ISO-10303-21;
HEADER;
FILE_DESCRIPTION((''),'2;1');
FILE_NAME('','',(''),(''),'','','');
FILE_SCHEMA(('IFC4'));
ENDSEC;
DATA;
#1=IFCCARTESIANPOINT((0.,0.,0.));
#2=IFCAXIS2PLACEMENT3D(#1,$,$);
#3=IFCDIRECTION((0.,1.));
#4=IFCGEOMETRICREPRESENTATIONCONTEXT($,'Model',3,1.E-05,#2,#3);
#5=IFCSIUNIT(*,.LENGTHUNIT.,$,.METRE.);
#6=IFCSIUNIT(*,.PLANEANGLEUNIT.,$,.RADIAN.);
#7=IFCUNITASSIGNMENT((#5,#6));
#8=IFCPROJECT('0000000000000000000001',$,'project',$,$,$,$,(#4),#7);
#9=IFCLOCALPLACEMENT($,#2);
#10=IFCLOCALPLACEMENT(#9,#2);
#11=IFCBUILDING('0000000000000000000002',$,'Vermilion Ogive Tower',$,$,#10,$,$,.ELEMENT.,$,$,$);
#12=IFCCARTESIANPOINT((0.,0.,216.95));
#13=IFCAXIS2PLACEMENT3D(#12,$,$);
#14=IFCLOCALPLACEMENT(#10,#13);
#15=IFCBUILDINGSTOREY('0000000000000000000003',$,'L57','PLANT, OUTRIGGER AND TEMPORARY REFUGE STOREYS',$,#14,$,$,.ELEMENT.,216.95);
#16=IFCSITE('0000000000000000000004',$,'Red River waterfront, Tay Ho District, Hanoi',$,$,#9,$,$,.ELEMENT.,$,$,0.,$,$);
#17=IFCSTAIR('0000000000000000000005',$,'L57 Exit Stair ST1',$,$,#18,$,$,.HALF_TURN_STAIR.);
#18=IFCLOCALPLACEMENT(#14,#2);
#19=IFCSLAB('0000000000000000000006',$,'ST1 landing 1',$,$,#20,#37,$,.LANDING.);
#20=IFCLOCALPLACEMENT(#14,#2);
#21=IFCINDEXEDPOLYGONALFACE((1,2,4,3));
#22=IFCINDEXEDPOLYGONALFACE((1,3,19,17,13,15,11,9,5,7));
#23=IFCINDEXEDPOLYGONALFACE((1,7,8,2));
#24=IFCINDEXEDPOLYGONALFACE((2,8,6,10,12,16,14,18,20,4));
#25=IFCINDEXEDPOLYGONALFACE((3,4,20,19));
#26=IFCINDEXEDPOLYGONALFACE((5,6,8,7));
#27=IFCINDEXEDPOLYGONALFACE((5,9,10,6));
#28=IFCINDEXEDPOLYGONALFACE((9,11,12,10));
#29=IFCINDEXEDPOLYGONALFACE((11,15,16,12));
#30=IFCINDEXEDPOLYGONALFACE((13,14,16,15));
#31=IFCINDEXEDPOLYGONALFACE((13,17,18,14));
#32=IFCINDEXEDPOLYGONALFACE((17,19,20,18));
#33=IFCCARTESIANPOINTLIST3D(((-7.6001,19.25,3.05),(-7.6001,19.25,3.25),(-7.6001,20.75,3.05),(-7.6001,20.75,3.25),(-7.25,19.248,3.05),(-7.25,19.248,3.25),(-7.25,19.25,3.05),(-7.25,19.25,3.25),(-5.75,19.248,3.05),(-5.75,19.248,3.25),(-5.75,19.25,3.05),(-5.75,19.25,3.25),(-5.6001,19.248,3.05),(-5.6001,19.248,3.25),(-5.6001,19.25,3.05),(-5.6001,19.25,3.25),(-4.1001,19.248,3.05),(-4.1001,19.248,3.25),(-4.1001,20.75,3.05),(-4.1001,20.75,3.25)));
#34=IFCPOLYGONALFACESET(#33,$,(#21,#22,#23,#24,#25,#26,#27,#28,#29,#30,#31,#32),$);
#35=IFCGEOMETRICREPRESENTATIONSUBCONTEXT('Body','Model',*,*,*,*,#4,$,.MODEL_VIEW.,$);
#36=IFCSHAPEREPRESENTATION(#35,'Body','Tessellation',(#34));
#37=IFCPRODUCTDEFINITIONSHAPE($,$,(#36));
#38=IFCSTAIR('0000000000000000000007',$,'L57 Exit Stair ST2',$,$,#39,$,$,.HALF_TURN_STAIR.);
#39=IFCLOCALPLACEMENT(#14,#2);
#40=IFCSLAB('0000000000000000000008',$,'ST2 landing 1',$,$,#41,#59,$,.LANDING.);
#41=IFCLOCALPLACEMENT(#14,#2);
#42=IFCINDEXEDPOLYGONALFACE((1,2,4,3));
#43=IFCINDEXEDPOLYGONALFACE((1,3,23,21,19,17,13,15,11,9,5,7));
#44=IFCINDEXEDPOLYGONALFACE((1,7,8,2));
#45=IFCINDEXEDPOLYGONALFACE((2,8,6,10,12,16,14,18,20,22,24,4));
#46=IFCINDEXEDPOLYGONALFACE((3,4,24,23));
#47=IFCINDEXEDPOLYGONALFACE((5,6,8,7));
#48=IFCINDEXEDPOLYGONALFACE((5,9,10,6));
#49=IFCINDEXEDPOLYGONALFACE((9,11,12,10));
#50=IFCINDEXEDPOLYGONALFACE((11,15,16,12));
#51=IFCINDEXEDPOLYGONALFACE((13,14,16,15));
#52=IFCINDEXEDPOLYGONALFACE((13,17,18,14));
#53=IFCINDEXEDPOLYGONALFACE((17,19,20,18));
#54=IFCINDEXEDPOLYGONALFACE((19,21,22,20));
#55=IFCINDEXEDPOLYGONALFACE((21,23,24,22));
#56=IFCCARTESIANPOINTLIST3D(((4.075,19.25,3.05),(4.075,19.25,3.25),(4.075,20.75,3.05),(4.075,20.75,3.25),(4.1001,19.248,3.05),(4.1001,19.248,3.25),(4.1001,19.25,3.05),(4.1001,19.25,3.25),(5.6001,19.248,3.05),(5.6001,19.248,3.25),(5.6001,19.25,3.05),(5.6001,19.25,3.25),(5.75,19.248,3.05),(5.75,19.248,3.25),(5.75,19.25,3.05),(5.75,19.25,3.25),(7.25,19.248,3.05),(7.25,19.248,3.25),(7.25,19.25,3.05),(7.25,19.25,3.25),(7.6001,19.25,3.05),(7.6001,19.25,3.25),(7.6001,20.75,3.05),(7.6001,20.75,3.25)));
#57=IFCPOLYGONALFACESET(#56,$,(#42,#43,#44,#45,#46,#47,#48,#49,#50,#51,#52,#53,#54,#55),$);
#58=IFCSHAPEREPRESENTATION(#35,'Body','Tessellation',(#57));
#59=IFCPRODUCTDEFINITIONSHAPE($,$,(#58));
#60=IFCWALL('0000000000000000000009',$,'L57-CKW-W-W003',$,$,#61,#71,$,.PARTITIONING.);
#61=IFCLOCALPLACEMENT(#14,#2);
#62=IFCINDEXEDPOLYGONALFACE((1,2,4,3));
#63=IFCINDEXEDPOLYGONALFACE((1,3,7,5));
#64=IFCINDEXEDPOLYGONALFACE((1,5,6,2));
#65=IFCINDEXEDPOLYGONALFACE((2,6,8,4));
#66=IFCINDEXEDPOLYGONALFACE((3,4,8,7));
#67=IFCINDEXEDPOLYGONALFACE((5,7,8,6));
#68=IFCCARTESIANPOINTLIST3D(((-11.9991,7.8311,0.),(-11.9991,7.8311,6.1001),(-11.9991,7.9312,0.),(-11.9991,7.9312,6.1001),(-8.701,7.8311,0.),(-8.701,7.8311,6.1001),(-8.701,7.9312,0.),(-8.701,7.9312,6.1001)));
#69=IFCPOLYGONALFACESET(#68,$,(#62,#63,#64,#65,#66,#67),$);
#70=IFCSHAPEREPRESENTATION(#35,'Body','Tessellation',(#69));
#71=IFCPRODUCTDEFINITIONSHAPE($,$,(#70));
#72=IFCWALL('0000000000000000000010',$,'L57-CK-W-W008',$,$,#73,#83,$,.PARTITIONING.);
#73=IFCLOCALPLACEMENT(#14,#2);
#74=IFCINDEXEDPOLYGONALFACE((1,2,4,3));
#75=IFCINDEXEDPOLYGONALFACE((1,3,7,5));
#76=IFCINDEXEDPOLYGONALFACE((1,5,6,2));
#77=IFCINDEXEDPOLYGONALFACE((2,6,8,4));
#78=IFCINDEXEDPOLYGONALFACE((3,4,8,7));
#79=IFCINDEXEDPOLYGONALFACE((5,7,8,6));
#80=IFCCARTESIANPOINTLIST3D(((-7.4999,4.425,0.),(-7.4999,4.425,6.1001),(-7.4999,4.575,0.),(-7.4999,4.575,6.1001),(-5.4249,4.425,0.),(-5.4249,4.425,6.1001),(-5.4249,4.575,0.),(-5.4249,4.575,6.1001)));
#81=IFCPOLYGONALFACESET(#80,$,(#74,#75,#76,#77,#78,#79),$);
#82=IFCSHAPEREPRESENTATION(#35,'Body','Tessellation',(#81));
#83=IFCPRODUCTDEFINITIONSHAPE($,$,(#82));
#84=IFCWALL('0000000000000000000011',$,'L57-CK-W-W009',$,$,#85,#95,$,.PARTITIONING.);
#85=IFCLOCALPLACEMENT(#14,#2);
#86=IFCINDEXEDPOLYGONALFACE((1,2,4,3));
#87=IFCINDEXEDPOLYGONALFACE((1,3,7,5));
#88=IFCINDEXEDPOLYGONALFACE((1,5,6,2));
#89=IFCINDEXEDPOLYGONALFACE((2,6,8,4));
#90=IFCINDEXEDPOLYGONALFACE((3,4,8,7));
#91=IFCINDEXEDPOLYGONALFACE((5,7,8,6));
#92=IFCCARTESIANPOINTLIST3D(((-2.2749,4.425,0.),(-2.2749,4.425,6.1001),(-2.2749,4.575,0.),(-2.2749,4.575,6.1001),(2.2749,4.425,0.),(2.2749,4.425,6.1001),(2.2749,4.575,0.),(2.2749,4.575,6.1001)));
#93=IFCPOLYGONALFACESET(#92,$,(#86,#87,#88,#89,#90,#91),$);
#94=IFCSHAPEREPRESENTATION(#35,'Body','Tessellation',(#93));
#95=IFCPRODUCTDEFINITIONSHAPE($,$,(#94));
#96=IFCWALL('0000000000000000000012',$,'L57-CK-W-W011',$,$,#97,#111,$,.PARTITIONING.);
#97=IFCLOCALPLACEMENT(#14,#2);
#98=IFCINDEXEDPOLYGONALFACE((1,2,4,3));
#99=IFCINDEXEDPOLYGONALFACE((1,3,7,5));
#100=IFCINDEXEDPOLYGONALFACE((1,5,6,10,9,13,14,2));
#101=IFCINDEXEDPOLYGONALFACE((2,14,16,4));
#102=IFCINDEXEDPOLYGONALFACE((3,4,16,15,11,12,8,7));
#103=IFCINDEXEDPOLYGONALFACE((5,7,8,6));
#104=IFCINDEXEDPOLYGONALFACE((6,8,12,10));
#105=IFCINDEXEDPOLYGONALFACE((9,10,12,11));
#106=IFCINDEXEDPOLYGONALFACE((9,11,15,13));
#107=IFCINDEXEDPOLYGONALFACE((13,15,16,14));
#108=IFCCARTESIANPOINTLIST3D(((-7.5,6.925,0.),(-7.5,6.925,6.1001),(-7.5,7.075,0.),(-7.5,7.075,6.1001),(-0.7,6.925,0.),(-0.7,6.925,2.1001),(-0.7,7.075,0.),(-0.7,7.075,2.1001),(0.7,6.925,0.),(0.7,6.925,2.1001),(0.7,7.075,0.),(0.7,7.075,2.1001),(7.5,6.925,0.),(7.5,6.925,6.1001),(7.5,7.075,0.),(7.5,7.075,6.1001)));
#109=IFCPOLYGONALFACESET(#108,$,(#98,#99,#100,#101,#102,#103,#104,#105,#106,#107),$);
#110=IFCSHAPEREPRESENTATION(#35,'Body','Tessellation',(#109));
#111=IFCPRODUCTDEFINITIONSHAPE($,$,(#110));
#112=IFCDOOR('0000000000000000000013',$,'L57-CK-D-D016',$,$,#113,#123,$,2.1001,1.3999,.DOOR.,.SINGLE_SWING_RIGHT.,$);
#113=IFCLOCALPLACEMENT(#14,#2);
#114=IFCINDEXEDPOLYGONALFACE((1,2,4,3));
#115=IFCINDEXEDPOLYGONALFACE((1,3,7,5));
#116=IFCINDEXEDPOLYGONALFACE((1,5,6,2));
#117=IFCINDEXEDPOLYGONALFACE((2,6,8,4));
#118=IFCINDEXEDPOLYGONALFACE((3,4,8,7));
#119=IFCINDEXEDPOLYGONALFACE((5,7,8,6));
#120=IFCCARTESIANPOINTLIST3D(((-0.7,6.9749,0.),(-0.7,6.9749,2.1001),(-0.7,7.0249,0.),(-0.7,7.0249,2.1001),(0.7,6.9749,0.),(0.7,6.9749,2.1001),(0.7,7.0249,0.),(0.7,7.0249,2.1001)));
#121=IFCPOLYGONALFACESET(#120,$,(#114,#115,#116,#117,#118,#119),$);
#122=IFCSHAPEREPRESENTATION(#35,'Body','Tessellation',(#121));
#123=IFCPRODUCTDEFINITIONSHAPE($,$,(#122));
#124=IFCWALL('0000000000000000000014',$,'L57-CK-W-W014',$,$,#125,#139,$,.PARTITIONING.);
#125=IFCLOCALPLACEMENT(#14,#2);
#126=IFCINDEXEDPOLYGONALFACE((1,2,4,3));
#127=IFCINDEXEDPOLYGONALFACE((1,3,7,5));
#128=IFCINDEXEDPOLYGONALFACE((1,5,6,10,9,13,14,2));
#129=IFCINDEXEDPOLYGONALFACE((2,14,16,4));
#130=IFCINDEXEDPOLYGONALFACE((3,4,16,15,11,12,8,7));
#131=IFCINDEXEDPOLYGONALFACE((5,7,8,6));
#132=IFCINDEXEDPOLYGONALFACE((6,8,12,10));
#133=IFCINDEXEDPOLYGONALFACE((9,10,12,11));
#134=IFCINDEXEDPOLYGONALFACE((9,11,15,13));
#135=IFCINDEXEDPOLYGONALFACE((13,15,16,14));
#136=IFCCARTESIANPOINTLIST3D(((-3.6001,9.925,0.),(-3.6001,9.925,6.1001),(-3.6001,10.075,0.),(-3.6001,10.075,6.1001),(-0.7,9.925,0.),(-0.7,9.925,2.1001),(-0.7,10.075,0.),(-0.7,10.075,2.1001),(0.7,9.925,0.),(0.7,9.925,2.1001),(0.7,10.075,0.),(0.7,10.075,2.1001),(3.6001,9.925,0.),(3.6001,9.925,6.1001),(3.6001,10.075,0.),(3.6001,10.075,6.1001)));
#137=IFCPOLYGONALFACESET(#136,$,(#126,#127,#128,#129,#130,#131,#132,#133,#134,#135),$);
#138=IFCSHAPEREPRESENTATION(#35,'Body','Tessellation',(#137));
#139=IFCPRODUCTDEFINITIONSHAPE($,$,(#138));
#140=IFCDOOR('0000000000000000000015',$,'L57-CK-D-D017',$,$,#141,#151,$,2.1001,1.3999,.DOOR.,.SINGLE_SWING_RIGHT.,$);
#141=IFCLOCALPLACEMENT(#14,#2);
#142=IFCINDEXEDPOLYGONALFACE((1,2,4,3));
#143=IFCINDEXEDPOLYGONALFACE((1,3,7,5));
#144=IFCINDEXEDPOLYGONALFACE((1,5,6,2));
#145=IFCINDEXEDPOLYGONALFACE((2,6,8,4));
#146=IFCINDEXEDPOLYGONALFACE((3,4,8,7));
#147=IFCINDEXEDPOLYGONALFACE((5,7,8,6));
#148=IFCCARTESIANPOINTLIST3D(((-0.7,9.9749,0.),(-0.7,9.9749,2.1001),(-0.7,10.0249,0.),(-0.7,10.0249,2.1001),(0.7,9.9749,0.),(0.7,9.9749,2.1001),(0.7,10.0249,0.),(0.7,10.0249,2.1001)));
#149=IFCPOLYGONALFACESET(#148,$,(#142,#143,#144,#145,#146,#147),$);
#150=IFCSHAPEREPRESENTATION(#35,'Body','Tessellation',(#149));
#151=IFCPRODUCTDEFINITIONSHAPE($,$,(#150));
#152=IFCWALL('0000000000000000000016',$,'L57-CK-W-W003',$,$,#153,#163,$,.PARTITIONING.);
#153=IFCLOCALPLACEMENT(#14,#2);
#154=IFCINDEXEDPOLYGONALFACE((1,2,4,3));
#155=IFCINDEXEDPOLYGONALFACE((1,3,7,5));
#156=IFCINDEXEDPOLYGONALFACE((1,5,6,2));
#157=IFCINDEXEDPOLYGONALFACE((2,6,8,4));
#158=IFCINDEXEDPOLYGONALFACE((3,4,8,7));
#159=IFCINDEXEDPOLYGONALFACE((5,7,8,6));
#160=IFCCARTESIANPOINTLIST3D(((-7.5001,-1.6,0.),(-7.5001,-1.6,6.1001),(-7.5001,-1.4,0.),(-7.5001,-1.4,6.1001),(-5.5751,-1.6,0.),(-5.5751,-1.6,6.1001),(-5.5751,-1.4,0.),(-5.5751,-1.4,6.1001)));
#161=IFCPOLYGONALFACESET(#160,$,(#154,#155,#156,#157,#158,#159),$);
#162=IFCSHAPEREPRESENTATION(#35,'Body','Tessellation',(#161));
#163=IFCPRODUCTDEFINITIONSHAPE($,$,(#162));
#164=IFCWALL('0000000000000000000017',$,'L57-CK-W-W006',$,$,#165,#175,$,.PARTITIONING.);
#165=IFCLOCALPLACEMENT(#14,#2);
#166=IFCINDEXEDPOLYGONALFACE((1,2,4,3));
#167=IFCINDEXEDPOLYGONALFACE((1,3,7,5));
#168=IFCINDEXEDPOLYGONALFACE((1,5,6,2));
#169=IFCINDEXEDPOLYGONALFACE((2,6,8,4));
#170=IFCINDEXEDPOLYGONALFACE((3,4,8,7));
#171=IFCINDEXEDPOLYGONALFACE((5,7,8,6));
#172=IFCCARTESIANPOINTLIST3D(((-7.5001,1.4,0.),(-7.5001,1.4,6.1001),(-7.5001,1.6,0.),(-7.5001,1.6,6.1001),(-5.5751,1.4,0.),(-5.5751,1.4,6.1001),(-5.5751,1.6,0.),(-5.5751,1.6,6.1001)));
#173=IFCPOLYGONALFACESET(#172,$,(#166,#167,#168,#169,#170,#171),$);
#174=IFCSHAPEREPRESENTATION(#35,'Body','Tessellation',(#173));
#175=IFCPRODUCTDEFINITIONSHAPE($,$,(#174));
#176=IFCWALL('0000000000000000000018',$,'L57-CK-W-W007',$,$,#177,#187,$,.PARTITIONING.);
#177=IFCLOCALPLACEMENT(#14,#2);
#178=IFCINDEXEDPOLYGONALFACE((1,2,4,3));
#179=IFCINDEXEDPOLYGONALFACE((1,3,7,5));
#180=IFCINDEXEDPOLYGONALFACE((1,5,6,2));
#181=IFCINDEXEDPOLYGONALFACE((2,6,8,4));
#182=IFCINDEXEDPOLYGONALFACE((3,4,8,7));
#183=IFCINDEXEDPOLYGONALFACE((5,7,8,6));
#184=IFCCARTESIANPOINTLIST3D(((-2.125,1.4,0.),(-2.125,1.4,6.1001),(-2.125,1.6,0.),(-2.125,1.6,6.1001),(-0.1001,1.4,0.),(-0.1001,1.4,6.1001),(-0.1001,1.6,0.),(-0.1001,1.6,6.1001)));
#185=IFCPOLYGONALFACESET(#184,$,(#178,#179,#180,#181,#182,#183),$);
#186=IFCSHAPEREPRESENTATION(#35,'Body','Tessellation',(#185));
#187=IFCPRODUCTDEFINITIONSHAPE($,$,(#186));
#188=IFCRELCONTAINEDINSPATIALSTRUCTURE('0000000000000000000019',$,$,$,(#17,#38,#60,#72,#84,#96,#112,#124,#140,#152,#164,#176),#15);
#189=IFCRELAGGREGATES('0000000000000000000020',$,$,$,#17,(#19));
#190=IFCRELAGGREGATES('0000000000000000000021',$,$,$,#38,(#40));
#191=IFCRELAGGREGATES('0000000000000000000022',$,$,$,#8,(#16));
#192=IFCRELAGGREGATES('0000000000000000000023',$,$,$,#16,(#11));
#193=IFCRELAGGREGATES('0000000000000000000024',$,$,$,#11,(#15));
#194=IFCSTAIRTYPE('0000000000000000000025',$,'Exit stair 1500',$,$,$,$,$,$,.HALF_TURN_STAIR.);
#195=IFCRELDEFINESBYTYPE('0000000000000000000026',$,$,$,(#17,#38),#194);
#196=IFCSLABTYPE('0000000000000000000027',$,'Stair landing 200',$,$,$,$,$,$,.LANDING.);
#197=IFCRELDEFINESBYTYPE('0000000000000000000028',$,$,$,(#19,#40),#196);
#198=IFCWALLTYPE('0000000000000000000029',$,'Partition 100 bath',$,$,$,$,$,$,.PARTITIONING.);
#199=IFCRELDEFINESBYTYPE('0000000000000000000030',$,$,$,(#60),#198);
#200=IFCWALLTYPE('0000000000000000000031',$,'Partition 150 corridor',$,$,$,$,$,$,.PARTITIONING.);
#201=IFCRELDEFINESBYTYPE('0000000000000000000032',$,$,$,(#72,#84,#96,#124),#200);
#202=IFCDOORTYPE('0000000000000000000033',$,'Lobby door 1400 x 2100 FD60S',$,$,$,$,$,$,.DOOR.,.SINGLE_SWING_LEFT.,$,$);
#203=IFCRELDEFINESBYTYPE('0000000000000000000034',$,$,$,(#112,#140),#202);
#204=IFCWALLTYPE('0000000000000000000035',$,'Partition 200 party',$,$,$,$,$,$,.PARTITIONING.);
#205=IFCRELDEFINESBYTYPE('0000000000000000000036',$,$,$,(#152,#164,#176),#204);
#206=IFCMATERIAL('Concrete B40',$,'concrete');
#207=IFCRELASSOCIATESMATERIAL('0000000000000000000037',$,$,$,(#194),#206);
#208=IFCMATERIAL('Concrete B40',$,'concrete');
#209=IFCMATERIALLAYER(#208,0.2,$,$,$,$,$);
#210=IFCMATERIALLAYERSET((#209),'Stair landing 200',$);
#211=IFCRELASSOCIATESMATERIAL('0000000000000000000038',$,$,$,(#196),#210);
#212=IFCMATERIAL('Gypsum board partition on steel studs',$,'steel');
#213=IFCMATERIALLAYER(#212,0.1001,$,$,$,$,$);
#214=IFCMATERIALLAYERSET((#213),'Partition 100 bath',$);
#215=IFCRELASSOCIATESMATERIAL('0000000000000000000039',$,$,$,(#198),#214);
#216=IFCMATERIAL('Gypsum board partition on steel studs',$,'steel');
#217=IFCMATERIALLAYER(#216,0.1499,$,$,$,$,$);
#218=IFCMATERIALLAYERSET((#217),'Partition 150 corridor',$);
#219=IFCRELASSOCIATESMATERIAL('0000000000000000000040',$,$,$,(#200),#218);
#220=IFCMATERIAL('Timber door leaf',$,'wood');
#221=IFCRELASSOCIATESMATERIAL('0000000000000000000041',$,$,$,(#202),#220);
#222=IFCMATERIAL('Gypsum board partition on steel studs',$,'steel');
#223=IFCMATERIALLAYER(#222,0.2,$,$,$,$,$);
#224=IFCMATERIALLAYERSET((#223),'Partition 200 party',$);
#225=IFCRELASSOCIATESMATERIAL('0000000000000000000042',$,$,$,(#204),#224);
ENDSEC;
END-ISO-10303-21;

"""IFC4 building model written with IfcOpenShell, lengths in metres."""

from ifc_helpers import new_model, si_unit, direction, frame, frame_2d, origin, place, context, subcontext, project, spatial, polyline, rectangle, outline, extrude, material, layer, layer_set, type_object, element, fill, aggregate, save


model = new_model("IFC4")

# Units and contexts
model_context = context("Model", 3, precision=1e-05, world=origin(), true_north=direction((0.0, 1.0)))
body_context = subcontext(model_context, "Body", "Model", "MODEL_VIEW")
ifc_project = project(units=[si_unit("LENGTHUNIT", "METRE"), si_unit("PLANEANGLEUNIT", "RADIAN")], contexts=[model_context])

# Site, building, storey
site_placement = place(None, origin())
site = spatial("IfcSite", under=ifc_project, at=site_placement, Name="Red River waterfront, Tay Ho District, Hanoi", CompositionType="ELEMENT", RefElevation=0.0)
building_placement = place(site_placement, origin())
building = spatial("IfcBuilding", under=site, at=building_placement, Name="Vermilion Ogive Tower", CompositionType="ELEMENT")
storey_placement = place(building_placement, frame((0.0, 0.0, 216.95)))
storey = spatial("IfcBuildingStorey", under=building, at=storey_placement, Name="L57", Description="PLANT, OUTRIGGER AND TEMPORARY REFUGE STOREYS", CompositionType="ELEMENT", Elevation=216.95)

# Stairs, slabs
ifc_material_1 = material(Name="Concrete B40", Category="concrete")
stair_type = type_object("IfcStairType", Name="Exit stair 1500", PredefinedType="HALF_TURN_STAIR", material=ifc_material_1)
stair_1_placement = place(storey_placement, origin())
stair_1 = element("IfcStair", 1, at=stair_1_placement, inside=storey, type_object=stair_type, Name="L57 Exit Stair ST1", PredefinedType="HALF_TURN_STAIR")
ifc_material_2 = material(Name="Concrete B40", Category="concrete")
ifc_layer_1 = layer(ifc_material_2, 0.2)
ifc_layer_set_1 = layer_set([ifc_layer_1], Name="Stair landing 200")
slab_type_1 = type_object("IfcSlabType", Name="Stair landing 200", PredefinedType="LANDING", material=ifc_layer_set_1)
slab_1_placement = place(storey_placement, frame((0.0, 0.0, 3.05)))
slab_1 = element("IfcSlab", 2, at=slab_1_placement, type_object=slab_type_1, Name="ST1 landing 1", PredefinedType="LANDING", context=body_context, shape_type="SweptSolid", body=[
    extrude(outline(polyline([(-7.6001, 19.25), (-7.25, 19.25), (-7.25, 19.248), (-5.75, 19.248), (-5.75, 19.25), (-5.6001, 19.25), (-5.6001, 19.248), (-4.1001, 19.248), (-4.1001, 20.75), (-7.6001, 20.75), (-7.6001, 19.25)])), origin(), (0.0, 0.0, 1.0), 0.2),
])
aggregate(stair_1, [slab_1])
stair_2_placement = place(storey_placement, origin())
stair_2 = element("IfcStair", 3, at=stair_2_placement, inside=storey, type_object=stair_type, Name="L57 Exit Stair ST2", PredefinedType="HALF_TURN_STAIR")
slab_2_placement = place(storey_placement, frame((0.0, 0.0, 3.05)))
slab_2 = element("IfcSlab", 4, at=slab_2_placement, type_object=slab_type_1, Name="ST2 landing 1", PredefinedType="LANDING", context=body_context, shape_type="SweptSolid", body=[
    extrude(outline(polyline([(5.6001, 19.25), (5.75, 19.25), (5.75, 19.248), (7.25, 19.248), (7.25, 19.25), (7.6001, 19.25), (7.6001, 20.75), (4.075, 20.75), (4.075, 19.25), (4.1001, 19.25), (4.1001, 19.248), (5.6001, 19.248), (5.6001, 19.25)])), origin(), (0.0, 0.0, 1.0), 0.2),
])
aggregate(stair_2, [slab_2])

# Walls
ifc_material_3 = material(Name="Gypsum board partition on steel studs", Category="steel")
ifc_layer_2 = layer(ifc_material_3, 0.1001)
ifc_layer_set_2 = layer_set([ifc_layer_2], Name="Partition 100 bath")
wall_type_1 = type_object("IfcWallType", Name="Partition 100 bath", PredefinedType="PARTITIONING", material=ifc_layer_set_2)
wall_1_placement = place(storey_placement, frame((-11.999, 7.8811, 0.0), z_axis=(0.0, 0.0, 1.0), x_axis=(1.0, 0.0, 0.0)))
element("IfcWall", 5, at=wall_1_placement, inside=storey, type_object=wall_type_1, Name="L57-CKW-W-W003", PredefinedType="PARTITIONING", context=body_context, shape_type="SweptSolid", body=[
    extrude(rectangle(XDim=3.2981, YDim=0.1001, at=frame_2d((1.6489, 0.0))), origin(), (0.0, 0.0, 1.0), 6.1001),
])
ifc_material_4 = material(Name="Gypsum board partition on steel studs", Category="steel")
ifc_layer_3 = layer(ifc_material_4, 0.1499)
ifc_layer_set_3 = layer_set([ifc_layer_3], Name="Partition 150 corridor")
wall_type_2 = type_object("IfcWallType", Name="Partition 150 corridor", PredefinedType="PARTITIONING", material=ifc_layer_set_3)
wall_2_placement = place(storey_placement, frame((-7.5, 4.5, 0.0), z_axis=(0.0, 0.0, 1.0), x_axis=(1.0, 0.0, 0.0)))
element("IfcWall", 6, at=wall_2_placement, inside=storey, type_object=wall_type_2, Name="L57-CK-W-W008", PredefinedType="PARTITIONING", context=body_context, shape_type="SweptSolid", body=[
    extrude(rectangle(XDim=2.075, YDim=0.1499, at=frame_2d((1.0376, 0.0))), origin(), (0.0, 0.0, 1.0), 6.1001),
])
wall_3_placement = place(storey_placement, frame((-2.2749, 4.5, 0.0), z_axis=(0.0, 0.0, 1.0), x_axis=(1.0, 0.0, 0.0)))
element("IfcWall", 7, at=wall_3_placement, inside=storey, type_object=wall_type_2, Name="L57-CK-W-W009", PredefinedType="PARTITIONING", context=body_context, shape_type="SweptSolid", body=[
    extrude(rectangle(XDim=4.5498, YDim=0.1499, at=frame_2d((2.2749, 0.0))), origin(), (0.0, 0.0, 1.0), 6.1001),
])

# Walls, openings, doors
wall_4_placement = place(storey_placement, frame((-7.5, 7.0, 0.0), z_axis=(0.0, 0.0, 1.0), x_axis=(1.0, 0.0, 0.0)))
wall_4 = element("IfcWall", 8, at=wall_4_placement, inside=storey, type_object=wall_type_2, Name="L57-CK-W-W011", PredefinedType="PARTITIONING", context=body_context, shape_type="SweptSolid", body=[
    extrude(rectangle(XDim=15.0, YDim=0.1499, at=frame_2d((7.5, 0.0))), origin(), (0.0, 0.0, 1.0), 6.1001),
])
opening_1_placement = place(wall_4_placement, frame((6.8, 0.0, 0.0)))
opening_1 = element("IfcOpeningElement", 9, at=opening_1_placement, cuts=wall_4, PredefinedType="OPENING", context=body_context, shape_type="SweptSolid", body=[
    extrude(rectangle(XDim=1.3999, YDim=2.1001, at=frame_2d((0.7, 1.05))), frame((0.0, 0.085, 0.0), z_axis=(0.0, -1.0, 0.0), x_axis=(1.0, 0.0, 0.0)), (0.0, 0.0, 1.0), 0.1699),
])
ifc_material_5 = material(Name="Timber door leaf", Category="wood")
door_type_1 = type_object("IfcDoorType", Name="Lobby door 1400 x 2100 FD60S", OperationType="SINGLE_SWING_LEFT", PredefinedType="DOOR", material=ifc_material_5)
door_1_placement = place(opening_1_placement, origin())
door_1 = element("IfcDoor", 10, at=door_1_placement, inside=storey, type_object=door_type_1, Name="L57-CK-D-D016", OperationType="SINGLE_SWING_RIGHT", OverallHeight=2.1001, OverallWidth=1.3999, PredefinedType="DOOR", context=body_context, shape_type="SweptSolid", body=[
    extrude(rectangle(XDim=1.3999, YDim=2.1001, at=frame_2d((0.7, 1.05))), frame((0.0, 0.0249, 0.0), z_axis=(0.0, -1.0, 0.0), x_axis=(1.0, 0.0, 0.0)), (0.0, 0.0, 1.0), 0.05),
])
fill(opening_1, door_1)
wall_5_placement = place(storey_placement, frame((-3.6001, 10.0, 0.0), z_axis=(0.0, 0.0, 1.0), x_axis=(1.0, 0.0, 0.0)))
wall_5 = element("IfcWall", 11, at=wall_5_placement, inside=storey, type_object=wall_type_2, Name="L57-CK-W-W014", PredefinedType="PARTITIONING", context=body_context, shape_type="SweptSolid", body=[
    extrude(rectangle(XDim=7.2002, YDim=0.1499, at=frame_2d((3.6001, 0.0))), origin(), (0.0, 0.0, 1.0), 6.1001),
])
opening_2_placement = place(wall_5_placement, frame((2.9001, 0.0, 0.0)))
opening_2 = element("IfcOpeningElement", 12, at=opening_2_placement, cuts=wall_5, PredefinedType="OPENING", context=body_context, shape_type="SweptSolid", body=[
    extrude(rectangle(XDim=1.3999, YDim=2.1001, at=frame_2d((0.7, 1.05))), frame((0.0, 0.085, 0.0), z_axis=(0.0, -1.0, 0.0), x_axis=(1.0, 0.0, 0.0)), (0.0, 0.0, 1.0), 0.1699),
])
door_2_placement = place(opening_2_placement, origin())
door_2 = element("IfcDoor", 13, at=door_2_placement, inside=storey, type_object=door_type_1, Name="L57-CK-D-D017", OperationType="SINGLE_SWING_RIGHT", OverallHeight=2.1001, OverallWidth=1.3999, PredefinedType="DOOR", context=body_context, shape_type="SweptSolid", body=[
    extrude(rectangle(XDim=1.3999, YDim=2.1001, at=frame_2d((0.7, 1.05))), frame((0.0, 0.0249, 0.0), z_axis=(0.0, -1.0, 0.0), x_axis=(1.0, 0.0, 0.0)), (0.0, 0.0, 1.0), 0.05),
])
fill(opening_2, door_2)

# Walls
ifc_material_6 = material(Name="Gypsum board partition on steel studs", Category="steel")
ifc_layer_4 = layer(ifc_material_6, 0.2)
ifc_layer_set_4 = layer_set([ifc_layer_4], Name="Partition 200 party")
wall_type_3 = type_object("IfcWallType", Name="Partition 200 party", PredefinedType="PARTITIONING", material=ifc_layer_set_4)
for number, where, z_axis, x_axis, name in (
    (14, (-7.5, -1.5, 0.0), (0.0, 0.0, 1.0), (1.0, 0.0, 0.0), "L57-CK-W-W003"),
    (15, (-7.5, 1.5, 0.0), (0.0, 0.0, 1.0), (1.0, 0.0, 0.0), "L57-CK-W-W006"),
):
    element("IfcWall", number, at=place(storey_placement, frame(where, z_axis=z_axis, x_axis=x_axis)), inside=storey, type_object=wall_type_3, Name=name, PredefinedType="PARTITIONING", context=body_context, shape_type="SweptSolid", body=[
        extrude(rectangle(XDim=1.925, YDim=0.2, at=frame_2d((0.9624, 0.0))), origin(), (0.0, 0.0, 1.0), 6.1001),
    ])
wall_6_placement = place(storey_placement, frame((-2.125, 1.5, 0.0), z_axis=(0.0, 0.0, 1.0), x_axis=(1.0, 0.0, 0.0)))
element("IfcWall", 16, at=wall_6_placement, inside=storey, type_object=wall_type_3, Name="L57-CK-W-W007", PredefinedType="PARTITIONING", context=body_context, shape_type="SweptSolid", body=[
    extrude(rectangle(XDim=2.0249, YDim=0.2, at=frame_2d((1.0125, 0.0))), origin(), (0.0, 0.0, 1.0), 6.1001),
])

save(model, "model.ifc")
